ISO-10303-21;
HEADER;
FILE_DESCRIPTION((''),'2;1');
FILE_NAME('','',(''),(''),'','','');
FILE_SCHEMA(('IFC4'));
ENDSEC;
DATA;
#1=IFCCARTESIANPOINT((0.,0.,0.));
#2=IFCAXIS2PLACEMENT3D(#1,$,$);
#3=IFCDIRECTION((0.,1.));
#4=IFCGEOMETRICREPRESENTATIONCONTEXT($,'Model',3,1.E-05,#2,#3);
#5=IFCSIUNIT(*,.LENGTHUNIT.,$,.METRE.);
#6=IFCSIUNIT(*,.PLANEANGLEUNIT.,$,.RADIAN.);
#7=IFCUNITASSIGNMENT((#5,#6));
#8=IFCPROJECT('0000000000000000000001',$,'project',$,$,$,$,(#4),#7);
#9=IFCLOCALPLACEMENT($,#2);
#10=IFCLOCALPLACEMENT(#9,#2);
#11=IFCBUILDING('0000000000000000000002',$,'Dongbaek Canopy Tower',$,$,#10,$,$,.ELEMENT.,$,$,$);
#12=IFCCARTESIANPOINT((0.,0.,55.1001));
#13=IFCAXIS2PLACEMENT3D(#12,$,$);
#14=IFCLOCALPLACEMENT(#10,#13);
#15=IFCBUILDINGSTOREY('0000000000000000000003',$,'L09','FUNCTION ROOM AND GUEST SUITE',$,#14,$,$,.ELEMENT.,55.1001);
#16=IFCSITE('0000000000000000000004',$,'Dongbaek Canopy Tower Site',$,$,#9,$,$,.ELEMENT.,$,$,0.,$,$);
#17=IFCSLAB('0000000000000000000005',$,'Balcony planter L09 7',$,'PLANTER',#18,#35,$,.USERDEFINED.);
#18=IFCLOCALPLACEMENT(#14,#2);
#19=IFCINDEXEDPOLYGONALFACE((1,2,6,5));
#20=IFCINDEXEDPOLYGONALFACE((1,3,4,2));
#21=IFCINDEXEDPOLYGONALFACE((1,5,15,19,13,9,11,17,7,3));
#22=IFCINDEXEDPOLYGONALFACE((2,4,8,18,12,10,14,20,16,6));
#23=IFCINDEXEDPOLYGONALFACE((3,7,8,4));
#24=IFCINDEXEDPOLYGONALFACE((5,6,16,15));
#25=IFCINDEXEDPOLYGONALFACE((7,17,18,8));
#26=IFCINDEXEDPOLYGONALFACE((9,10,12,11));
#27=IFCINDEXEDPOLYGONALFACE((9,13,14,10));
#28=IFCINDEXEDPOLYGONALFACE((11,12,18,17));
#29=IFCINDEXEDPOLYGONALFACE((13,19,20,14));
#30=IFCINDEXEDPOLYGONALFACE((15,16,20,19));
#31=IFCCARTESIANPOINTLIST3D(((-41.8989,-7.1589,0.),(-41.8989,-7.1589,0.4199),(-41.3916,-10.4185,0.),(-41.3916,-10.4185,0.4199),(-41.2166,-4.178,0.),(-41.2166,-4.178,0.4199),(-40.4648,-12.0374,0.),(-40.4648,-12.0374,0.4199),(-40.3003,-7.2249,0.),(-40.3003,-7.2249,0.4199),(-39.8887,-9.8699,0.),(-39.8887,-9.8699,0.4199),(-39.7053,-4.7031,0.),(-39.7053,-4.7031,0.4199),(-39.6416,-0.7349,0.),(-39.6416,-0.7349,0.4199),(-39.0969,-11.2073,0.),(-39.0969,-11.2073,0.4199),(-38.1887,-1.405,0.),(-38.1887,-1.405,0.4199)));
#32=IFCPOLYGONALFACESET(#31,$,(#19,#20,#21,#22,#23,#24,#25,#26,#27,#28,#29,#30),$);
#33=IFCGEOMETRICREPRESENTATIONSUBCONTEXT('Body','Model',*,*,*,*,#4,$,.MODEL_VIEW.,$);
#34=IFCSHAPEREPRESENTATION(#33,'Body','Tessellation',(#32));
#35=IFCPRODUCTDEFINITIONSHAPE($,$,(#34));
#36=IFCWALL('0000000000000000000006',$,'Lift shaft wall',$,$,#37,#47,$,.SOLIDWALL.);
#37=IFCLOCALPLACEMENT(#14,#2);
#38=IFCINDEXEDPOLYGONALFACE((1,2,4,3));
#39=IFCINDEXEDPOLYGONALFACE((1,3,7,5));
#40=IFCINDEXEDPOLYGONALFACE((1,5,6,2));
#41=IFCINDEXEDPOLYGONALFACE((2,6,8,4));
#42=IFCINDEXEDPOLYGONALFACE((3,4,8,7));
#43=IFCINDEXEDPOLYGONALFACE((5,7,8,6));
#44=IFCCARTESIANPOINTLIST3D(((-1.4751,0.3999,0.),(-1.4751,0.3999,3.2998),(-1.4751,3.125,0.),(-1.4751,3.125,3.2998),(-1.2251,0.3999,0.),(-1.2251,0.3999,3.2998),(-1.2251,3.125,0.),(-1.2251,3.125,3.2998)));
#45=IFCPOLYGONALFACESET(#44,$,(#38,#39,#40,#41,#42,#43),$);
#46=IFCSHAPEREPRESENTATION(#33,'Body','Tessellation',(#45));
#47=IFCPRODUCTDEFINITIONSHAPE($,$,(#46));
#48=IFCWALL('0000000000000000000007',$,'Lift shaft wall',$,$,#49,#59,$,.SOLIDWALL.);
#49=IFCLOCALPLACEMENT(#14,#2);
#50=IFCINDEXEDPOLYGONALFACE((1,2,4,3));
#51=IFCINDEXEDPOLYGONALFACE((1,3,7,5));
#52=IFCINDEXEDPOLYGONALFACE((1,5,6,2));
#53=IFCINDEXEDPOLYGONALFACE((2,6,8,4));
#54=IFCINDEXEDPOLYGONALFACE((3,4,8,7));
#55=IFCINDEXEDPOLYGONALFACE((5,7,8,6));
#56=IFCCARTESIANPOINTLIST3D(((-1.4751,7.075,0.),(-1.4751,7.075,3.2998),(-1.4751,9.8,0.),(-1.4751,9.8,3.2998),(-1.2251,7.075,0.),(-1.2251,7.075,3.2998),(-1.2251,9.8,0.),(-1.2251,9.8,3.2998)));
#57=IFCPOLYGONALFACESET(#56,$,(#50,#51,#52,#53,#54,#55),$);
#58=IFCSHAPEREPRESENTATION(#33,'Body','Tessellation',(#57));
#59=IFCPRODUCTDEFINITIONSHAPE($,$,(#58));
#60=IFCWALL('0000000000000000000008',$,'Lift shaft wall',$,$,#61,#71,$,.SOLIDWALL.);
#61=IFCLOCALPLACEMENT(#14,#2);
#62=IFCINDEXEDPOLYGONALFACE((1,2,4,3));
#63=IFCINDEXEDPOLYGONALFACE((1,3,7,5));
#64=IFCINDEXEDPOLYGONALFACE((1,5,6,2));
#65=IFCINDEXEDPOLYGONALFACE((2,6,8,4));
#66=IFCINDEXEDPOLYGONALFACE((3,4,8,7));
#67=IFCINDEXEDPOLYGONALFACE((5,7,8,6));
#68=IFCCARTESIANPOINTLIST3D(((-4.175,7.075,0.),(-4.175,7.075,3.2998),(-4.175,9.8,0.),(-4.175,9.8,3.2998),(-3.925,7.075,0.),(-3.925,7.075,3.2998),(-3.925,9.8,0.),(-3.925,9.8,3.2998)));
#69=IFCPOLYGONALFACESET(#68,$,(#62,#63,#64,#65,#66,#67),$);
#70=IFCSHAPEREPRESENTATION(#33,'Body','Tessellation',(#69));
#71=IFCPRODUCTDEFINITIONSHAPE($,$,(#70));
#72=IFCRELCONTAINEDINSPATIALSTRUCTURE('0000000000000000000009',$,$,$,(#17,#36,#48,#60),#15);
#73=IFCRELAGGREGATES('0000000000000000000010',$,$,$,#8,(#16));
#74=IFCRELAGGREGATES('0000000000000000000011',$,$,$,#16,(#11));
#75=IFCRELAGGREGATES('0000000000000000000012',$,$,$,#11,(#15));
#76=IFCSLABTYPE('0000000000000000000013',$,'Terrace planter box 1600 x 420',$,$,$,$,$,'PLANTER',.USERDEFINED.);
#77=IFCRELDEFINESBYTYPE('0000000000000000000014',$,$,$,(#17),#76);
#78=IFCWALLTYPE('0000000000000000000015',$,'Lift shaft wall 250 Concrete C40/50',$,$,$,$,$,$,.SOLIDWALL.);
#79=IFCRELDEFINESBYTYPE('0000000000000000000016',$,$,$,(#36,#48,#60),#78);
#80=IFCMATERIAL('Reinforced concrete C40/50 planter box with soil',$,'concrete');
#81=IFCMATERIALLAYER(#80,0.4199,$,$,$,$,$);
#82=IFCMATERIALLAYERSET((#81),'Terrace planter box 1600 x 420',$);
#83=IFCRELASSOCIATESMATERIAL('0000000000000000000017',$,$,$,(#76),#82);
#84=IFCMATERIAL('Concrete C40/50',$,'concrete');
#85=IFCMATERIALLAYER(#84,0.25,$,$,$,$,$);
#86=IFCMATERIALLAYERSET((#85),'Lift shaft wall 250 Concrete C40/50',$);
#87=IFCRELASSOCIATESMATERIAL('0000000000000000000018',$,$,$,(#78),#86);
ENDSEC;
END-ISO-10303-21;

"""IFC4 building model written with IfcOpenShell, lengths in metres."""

from ifc_helpers import new_model, si_unit, direction, frame, frame_2d, origin, place, context, subcontext, project, spatial, polyline, rectangle, outline, extrude, material, layer, layer_set, type_object, element, save


model = new_model("IFC4")

# Units and contexts
model_context = context("Model", 3, precision=1e-05, world=origin(), true_north=direction((0.0, 1.0)))
body_context = subcontext(model_context, "Body", "Model", "MODEL_VIEW")
ifc_project = project(units=[si_unit("LENGTHUNIT", "METRE"), si_unit("PLANEANGLEUNIT", "RADIAN")], contexts=[model_context])

# Site, building, storey
site_placement = place(None, origin())
site = spatial("IfcSite", under=ifc_project, at=site_placement, Name="Dongbaek Canopy Tower Site", CompositionType="ELEMENT", RefElevation=0.0)
building_placement = place(site_placement, origin())
building = spatial("IfcBuilding", under=site, at=building_placement, Name="Dongbaek Canopy Tower", CompositionType="ELEMENT")
storey_placement = place(building_placement, frame((0.0, 0.0, 55.1001)))
storey = spatial("IfcBuildingStorey", under=building, at=storey_placement, Name="L09", Description="FUNCTION ROOM AND GUEST SUITE", CompositionType="ELEMENT", Elevation=55.1001)

# Slab
ifc_material_1 = material(Name="Reinforced concrete C40/50 planter box with soil", Category="concrete")
ifc_layer_1 = layer(ifc_material_1, 0.4199)
ifc_layer_set_1 = layer_set([ifc_layer_1], Name="Terrace planter box 1600 x 420")
slab_type_1 = type_object("IfcSlabType", Name="Terrace planter box 1600 x 420", ElementType="PLANTER", PredefinedType="USERDEFINED", material=ifc_layer_set_1)
slab_1_placement = place(storey_placement, origin())
element("IfcSlab", 1, at=slab_1_placement, inside=storey, type_object=slab_type_1, Name="Balcony planter L09 7", ObjectType="PLANTER", PredefinedType="USERDEFINED", context=body_context, shape_type="SweptSolid", body=[
    extrude(outline(polyline([(-38.1887, -1.405), (-39.7053, -4.7031), (-40.3003, -7.2249), (-39.8887, -9.8699), (-39.0969, -11.2073), (-40.4648, -12.0374), (-41.3916, -10.4185), (-41.8989, -7.1589), (-41.2166, -4.178), (-39.6416, -0.7349), (-38.1887, -1.405)])), origin(), (0.0, 0.0, 1.0), 0.4199),
])

# Walls
ifc_material_2 = material(Name="Concrete C40/50", Category="concrete")
ifc_layer_2 = layer(ifc_material_2, 0.25)
ifc_layer_set_2 = layer_set([ifc_layer_2], Name="Lift shaft wall 250 Concrete C40/50")
wall_type = type_object("IfcWallType", Name="Lift shaft wall 250 Concrete C40/50", PredefinedType="SOLIDWALL", material=ifc_layer_set_2)
for number, where, z_axis, x_axis, name in (
    (2, (-1.3501, 0.3999, 0.0), (0.0, 0.0, 1.0), (0.0, 1.0, 0.0), "Lift shaft wall"),
    (3, (-1.3501, 7.075, 0.0), (0.0, 0.0, 1.0), (0.0, 1.0, 0.0), "Lift shaft wall"),
    (4, (-4.05, 7.075, 0.0), (0.0, 0.0, 1.0), (0.0, 1.0, 0.0), "Lift shaft wall"),
):
    element("IfcWall", number, at=place(storey_placement, frame(where, z_axis=z_axis, x_axis=x_axis)), inside=storey, type_object=wall_type, Name=name, PredefinedType="SOLIDWALL", context=body_context, shape_type="SweptSolid", body=[
        extrude(rectangle(XDim=2.7251, YDim=0.25, at=frame_2d((1.3625, 0.0))), origin(), (0.0, 0.0, 1.0), 3.2998),
    ])

save(model, "model.ifc")
